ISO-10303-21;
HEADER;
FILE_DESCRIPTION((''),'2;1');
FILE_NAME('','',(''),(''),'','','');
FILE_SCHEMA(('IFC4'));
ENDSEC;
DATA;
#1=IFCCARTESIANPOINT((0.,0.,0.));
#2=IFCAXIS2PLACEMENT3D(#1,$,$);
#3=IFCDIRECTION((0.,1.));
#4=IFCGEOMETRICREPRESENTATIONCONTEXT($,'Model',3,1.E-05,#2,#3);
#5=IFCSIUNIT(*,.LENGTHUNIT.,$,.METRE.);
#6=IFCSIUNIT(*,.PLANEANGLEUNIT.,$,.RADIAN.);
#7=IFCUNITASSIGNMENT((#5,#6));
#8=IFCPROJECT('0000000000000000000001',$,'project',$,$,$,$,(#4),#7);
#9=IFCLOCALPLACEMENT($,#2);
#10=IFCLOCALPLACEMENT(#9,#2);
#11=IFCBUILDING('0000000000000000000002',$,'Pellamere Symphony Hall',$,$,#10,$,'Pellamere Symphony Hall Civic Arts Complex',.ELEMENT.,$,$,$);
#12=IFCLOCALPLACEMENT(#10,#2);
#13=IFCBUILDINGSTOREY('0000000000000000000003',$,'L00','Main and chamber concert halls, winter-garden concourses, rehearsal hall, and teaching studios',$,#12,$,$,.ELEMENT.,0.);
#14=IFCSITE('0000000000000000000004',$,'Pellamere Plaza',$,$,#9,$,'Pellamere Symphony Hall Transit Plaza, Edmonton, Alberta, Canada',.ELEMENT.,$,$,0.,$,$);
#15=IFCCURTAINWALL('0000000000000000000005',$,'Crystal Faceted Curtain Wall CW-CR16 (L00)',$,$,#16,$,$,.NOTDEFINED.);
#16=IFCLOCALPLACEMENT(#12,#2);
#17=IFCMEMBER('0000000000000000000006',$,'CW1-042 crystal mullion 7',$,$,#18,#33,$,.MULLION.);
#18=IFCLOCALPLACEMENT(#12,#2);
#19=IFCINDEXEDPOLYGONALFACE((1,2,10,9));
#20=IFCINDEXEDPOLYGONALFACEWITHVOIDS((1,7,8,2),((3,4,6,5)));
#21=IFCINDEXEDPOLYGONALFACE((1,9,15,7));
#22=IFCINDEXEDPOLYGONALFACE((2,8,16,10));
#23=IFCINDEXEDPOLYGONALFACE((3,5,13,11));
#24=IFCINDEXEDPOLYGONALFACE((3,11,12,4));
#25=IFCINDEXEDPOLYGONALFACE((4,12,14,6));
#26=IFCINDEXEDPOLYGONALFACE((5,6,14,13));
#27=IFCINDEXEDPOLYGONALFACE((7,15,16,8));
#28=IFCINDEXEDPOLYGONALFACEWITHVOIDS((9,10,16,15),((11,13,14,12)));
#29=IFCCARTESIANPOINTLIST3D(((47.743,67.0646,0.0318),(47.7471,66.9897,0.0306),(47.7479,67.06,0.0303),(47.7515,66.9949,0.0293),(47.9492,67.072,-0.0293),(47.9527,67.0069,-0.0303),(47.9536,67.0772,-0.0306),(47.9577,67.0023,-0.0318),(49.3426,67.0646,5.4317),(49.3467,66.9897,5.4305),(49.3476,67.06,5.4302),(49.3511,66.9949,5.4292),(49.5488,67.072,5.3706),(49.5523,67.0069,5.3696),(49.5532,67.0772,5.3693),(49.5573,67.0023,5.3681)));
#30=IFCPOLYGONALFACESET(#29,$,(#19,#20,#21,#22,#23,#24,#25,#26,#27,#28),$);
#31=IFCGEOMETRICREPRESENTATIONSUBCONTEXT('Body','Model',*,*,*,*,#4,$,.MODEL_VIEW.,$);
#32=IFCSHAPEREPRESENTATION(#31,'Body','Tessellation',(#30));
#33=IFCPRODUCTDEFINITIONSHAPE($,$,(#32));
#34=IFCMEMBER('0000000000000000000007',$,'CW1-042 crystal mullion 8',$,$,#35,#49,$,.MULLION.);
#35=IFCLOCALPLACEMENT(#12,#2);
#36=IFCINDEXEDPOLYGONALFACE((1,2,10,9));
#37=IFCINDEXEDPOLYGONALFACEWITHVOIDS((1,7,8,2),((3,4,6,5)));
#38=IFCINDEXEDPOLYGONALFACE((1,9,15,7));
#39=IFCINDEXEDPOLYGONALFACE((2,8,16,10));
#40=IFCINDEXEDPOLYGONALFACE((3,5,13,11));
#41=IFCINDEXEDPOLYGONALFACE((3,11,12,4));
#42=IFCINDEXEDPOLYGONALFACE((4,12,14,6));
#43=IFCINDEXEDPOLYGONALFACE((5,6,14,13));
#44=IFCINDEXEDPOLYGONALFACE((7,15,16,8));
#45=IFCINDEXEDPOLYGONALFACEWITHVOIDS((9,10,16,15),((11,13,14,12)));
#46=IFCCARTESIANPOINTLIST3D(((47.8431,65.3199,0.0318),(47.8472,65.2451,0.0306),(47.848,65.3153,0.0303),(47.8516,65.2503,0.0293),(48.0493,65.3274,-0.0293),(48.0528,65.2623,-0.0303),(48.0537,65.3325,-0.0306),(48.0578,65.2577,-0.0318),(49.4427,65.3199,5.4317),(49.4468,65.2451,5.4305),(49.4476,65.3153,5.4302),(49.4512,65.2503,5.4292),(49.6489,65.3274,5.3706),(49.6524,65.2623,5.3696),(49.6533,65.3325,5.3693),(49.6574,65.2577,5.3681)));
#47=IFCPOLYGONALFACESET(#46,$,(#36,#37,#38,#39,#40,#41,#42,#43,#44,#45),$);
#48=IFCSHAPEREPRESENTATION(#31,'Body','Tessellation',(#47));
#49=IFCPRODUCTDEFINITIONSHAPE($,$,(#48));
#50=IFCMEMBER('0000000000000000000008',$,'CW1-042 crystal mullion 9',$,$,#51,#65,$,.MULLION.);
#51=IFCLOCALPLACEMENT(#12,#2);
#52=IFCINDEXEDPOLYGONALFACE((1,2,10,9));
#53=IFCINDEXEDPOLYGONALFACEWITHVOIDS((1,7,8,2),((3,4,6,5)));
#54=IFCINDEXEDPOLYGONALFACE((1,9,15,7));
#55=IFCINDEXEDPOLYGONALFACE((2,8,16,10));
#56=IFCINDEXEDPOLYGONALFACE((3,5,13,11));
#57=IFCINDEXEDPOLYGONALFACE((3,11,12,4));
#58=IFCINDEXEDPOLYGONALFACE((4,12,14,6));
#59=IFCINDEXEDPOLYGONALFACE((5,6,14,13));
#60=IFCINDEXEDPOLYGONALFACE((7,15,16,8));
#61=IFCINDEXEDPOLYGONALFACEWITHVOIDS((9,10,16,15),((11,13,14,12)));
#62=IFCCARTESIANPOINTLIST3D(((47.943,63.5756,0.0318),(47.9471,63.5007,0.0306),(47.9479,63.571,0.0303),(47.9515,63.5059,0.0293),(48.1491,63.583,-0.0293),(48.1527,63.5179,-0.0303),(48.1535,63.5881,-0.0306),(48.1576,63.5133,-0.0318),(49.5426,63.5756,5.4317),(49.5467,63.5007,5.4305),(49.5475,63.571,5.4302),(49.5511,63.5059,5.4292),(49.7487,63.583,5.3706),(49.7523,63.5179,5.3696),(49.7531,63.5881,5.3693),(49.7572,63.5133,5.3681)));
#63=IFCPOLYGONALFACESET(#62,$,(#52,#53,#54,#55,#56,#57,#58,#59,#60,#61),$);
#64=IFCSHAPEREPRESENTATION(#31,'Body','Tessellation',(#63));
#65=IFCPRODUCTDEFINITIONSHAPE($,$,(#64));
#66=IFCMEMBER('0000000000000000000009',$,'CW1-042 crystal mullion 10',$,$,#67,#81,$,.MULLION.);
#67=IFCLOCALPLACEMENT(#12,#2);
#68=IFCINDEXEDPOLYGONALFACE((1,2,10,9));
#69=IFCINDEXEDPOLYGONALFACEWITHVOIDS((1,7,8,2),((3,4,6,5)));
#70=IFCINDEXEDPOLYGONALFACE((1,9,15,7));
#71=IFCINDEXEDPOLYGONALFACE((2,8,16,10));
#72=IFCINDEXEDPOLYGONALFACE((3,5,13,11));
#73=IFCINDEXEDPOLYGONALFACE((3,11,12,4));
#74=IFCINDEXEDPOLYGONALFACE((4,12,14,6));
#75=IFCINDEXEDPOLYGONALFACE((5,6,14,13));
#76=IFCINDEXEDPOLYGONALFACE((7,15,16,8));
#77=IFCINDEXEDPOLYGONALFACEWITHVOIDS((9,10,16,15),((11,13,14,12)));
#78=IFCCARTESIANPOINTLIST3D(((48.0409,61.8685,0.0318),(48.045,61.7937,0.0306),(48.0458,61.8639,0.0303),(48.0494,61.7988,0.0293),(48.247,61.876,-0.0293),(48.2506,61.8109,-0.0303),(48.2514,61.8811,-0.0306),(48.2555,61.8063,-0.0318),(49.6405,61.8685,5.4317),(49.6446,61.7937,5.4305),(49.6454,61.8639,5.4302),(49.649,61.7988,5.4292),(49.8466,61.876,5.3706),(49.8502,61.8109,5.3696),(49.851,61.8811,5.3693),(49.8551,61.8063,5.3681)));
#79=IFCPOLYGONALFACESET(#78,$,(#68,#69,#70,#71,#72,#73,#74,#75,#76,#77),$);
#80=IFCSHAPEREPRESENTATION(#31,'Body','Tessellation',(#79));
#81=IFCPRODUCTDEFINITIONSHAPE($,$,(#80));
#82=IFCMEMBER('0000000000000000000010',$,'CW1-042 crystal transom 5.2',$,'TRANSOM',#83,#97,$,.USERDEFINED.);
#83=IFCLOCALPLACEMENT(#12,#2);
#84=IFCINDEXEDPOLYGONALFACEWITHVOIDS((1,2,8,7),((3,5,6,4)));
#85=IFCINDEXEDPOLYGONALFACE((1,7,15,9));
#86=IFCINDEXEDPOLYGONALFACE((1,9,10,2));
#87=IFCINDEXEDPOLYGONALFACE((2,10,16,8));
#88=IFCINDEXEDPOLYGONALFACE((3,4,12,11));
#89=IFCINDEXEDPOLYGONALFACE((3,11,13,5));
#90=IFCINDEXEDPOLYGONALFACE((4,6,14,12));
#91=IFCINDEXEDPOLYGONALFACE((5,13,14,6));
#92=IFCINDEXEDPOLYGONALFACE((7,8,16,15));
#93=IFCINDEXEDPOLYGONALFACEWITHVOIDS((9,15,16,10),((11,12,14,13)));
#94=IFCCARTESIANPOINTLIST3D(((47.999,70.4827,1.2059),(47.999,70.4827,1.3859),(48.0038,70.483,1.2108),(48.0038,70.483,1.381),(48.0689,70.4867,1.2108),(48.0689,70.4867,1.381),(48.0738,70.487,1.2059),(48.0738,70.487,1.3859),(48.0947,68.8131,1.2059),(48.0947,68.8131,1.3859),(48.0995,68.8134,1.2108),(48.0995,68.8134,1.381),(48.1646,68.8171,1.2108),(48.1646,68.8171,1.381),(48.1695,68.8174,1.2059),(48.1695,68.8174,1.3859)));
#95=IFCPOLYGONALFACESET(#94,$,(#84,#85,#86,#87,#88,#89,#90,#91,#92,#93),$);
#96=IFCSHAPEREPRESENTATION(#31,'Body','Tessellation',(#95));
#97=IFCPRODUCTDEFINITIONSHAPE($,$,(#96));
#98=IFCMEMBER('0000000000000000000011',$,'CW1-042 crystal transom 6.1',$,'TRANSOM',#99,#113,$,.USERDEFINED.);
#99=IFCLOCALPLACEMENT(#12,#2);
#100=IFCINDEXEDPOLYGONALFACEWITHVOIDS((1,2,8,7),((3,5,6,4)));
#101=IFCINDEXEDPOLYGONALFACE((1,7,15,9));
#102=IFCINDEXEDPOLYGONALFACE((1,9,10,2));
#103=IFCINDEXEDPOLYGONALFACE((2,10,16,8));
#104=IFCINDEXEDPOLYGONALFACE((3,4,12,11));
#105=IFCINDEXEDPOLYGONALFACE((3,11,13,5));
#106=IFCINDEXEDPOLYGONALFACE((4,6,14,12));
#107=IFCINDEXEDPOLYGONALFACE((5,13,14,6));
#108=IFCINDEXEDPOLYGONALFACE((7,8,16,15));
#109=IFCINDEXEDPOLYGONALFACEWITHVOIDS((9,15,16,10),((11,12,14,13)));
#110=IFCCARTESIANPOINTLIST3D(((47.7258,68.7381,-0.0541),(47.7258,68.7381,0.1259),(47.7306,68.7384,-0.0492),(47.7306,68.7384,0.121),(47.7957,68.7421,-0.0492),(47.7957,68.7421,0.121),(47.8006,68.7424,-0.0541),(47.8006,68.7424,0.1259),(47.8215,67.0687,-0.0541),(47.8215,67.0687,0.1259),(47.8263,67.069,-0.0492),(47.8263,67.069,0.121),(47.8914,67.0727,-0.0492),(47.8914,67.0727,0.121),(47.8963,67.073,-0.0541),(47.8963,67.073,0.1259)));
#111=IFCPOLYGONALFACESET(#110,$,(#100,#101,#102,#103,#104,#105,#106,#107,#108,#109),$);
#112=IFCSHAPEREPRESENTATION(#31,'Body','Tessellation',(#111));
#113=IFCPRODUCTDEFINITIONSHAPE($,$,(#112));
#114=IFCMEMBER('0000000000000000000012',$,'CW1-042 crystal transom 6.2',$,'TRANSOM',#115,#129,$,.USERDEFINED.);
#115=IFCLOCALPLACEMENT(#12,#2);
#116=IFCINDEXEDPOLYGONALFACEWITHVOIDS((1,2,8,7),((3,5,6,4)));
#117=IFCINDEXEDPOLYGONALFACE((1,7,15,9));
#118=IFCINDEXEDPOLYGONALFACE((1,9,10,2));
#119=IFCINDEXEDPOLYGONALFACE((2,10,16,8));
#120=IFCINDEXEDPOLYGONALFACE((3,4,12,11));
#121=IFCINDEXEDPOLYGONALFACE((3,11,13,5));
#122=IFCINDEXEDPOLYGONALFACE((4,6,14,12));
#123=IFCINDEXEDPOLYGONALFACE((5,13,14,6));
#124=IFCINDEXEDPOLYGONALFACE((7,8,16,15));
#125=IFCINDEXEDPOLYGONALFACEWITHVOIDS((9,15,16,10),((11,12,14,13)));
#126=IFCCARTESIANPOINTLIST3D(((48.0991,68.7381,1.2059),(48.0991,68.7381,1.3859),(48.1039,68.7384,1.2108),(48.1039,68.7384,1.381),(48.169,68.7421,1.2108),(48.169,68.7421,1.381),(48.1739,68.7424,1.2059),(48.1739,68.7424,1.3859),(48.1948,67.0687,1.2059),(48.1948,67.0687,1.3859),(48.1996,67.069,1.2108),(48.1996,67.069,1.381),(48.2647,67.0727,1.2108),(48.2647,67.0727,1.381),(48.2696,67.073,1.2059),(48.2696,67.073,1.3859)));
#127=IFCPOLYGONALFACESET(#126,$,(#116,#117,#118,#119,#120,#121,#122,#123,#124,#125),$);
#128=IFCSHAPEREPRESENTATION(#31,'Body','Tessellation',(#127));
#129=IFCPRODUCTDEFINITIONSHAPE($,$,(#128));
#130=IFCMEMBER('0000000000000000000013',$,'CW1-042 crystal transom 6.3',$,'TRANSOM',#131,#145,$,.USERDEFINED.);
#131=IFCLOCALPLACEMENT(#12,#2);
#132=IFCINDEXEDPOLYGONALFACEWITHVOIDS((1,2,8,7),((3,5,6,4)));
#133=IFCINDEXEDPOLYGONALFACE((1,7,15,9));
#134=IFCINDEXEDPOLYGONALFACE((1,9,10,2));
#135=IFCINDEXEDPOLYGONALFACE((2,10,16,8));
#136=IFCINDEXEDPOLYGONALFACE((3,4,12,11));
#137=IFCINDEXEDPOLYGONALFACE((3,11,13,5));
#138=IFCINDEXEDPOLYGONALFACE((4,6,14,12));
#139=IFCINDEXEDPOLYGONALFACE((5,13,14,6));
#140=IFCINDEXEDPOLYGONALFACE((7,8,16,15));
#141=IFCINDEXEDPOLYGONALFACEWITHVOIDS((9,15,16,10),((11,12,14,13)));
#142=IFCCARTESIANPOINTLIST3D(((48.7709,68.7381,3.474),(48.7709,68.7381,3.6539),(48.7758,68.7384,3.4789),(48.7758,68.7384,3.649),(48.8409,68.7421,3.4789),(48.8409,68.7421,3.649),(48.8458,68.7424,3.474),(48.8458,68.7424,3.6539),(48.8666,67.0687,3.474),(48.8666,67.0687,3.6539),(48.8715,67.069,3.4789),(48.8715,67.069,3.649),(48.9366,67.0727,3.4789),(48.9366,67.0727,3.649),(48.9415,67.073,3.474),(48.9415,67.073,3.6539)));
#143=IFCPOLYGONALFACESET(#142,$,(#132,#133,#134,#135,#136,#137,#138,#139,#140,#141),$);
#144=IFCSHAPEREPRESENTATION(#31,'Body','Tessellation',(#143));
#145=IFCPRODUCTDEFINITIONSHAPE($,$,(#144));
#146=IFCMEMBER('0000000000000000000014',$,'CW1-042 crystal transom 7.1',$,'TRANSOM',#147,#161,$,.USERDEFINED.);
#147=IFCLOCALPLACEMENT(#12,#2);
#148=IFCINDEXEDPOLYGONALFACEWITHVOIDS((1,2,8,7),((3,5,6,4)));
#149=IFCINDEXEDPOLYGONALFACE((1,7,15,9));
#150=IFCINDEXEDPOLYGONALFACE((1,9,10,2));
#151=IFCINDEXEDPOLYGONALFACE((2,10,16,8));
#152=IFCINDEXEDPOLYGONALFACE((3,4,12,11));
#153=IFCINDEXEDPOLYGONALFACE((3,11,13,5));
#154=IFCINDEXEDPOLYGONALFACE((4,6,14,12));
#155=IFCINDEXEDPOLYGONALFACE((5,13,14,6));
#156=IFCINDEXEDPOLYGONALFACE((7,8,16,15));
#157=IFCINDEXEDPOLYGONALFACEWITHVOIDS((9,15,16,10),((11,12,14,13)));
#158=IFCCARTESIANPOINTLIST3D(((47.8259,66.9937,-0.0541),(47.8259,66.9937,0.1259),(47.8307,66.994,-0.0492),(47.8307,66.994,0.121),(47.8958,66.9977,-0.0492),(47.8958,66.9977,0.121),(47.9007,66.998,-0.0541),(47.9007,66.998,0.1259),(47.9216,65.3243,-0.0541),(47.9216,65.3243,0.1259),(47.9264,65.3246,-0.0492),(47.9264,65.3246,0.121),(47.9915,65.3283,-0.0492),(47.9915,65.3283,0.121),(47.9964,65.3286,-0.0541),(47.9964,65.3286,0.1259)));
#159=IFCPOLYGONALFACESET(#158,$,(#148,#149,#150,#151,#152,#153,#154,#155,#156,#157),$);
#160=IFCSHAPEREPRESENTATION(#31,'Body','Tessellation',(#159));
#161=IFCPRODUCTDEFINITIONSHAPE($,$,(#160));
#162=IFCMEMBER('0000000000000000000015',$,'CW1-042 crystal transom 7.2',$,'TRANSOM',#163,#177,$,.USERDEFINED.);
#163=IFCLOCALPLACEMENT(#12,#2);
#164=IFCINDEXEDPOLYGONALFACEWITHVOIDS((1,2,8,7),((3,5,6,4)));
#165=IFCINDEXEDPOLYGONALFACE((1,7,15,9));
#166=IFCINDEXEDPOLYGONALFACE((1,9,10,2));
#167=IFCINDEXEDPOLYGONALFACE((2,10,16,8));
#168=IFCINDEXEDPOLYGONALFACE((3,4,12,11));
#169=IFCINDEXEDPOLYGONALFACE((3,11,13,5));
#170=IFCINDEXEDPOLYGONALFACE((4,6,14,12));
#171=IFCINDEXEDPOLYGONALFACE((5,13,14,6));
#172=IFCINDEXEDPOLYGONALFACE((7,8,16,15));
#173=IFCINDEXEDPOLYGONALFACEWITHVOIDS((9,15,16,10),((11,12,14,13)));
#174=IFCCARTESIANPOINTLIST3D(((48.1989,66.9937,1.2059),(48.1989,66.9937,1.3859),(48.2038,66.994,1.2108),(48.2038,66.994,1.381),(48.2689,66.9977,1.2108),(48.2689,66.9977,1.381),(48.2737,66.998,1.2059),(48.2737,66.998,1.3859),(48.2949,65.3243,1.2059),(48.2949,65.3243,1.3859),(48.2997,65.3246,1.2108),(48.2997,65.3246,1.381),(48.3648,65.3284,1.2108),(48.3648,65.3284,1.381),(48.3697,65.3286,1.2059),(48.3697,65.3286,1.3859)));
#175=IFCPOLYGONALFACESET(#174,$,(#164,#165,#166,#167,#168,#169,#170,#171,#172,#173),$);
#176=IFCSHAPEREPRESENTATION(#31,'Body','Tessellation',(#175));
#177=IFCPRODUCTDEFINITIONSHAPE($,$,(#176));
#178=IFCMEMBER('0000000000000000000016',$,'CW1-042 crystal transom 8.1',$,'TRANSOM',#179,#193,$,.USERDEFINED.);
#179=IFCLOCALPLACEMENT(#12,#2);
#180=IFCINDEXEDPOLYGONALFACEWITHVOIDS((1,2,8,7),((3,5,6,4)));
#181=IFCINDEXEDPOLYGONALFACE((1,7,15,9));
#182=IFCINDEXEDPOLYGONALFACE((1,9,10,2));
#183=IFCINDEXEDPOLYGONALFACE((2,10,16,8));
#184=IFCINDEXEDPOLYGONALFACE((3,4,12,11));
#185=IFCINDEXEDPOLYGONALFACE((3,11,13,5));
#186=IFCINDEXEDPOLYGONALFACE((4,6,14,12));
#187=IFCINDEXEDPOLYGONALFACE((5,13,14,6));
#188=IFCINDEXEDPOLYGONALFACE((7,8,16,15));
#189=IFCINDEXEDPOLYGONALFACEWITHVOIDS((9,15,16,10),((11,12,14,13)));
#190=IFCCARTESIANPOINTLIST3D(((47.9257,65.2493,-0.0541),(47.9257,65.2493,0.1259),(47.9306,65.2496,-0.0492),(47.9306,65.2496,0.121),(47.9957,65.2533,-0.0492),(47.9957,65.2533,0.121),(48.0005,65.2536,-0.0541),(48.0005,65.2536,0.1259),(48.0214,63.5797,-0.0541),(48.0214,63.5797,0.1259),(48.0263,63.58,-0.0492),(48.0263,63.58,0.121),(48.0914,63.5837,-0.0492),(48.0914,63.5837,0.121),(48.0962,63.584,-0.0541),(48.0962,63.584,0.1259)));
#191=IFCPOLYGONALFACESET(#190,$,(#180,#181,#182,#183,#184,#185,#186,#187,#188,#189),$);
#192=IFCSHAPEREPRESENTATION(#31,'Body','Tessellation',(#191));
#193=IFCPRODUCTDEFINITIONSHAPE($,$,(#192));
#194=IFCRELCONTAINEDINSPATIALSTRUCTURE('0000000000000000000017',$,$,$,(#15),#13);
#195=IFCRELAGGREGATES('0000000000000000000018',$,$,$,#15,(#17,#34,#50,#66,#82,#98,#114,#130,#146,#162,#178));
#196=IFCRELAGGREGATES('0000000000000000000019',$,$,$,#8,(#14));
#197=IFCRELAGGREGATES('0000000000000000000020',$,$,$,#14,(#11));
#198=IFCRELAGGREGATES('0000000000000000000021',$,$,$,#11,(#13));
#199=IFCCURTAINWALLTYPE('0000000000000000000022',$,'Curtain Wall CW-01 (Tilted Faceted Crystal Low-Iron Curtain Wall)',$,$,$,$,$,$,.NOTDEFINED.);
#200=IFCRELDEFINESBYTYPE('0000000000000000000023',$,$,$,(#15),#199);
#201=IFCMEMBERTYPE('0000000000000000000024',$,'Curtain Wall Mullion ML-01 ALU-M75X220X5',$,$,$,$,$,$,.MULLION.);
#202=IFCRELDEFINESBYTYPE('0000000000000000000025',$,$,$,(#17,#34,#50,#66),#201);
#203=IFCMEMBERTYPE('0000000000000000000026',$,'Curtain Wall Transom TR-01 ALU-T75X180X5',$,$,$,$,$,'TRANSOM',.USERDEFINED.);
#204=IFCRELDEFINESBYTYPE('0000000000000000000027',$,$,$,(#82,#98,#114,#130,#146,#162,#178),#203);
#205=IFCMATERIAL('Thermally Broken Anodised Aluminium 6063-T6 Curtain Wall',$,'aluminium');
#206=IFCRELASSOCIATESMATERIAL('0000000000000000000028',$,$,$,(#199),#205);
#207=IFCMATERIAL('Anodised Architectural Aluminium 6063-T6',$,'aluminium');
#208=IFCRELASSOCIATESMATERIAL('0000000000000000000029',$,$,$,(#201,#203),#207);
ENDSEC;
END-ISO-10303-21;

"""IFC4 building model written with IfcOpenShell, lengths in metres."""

from ifc_helpers import new_model, si_unit, direction, frame, origin, origin_2d, place, context, subcontext, project, spatial, hollow_rectangle, extrude, material, material_profile, profile_set, type_object, element, aggregate, save


model = new_model("IFC4")

# Units and contexts
model_context = context("Model", 3, precision=1e-05, world=origin(), true_north=direction((0.0, 1.0)))
body_context = subcontext(model_context, "Body", "Model", "MODEL_VIEW")
ifc_project = project(units=[si_unit("LENGTHUNIT", "METRE"), si_unit("PLANEANGLEUNIT", "RADIAN")], contexts=[model_context])

# Site, building, storey
site_placement = place(None, origin())
site = spatial("IfcSite", under=ifc_project, at=site_placement, Name="Pellamere Plaza", LongName="Pellamere Symphony Hall Transit Plaza, Edmonton, Alberta, Canada", CompositionType="ELEMENT", RefElevation=0.0)
building_placement = place(site_placement, origin())
building = spatial("IfcBuilding", under=site, at=building_placement, Name="Pellamere Symphony Hall", LongName="Pellamere Symphony Hall Civic Arts Complex", CompositionType="ELEMENT")
storey_placement = place(building_placement, origin())
storey = spatial("IfcBuildingStorey", under=building, at=storey_placement, Name="L00", Description="Main and chamber concert halls, winter-garden concourses, rehearsal hall, and teaching studios", CompositionType="ELEMENT", Elevation=0.0)

# Curtain wall, members
ifc_material_1 = material(Name="Thermally Broken Anodised Aluminium 6063-T6 Curtain Wall", Category="aluminium")
curtain_wall_type = type_object("IfcCurtainWallType", Name="Curtain Wall CW-01 (Tilted Faceted Crystal Low-Iron Curtain Wall)", PredefinedType="NOTDEFINED", material=ifc_material_1)
curtain_wall_1_placement = place(storey_placement, origin())
curtain_wall_1 = element("IfcCurtainWall", 1, at=curtain_wall_1_placement, inside=storey, type_object=curtain_wall_type, Name="Crystal Faceted Curtain Wall CW-CR16 (L00)", PredefinedType="NOTDEFINED")
ifc_material_2 = material(Name="Anodised Architectural Aluminium 6063-T6", Category="aluminium")
ifc_material_profile_1 = material_profile(ifc_material_2, hollow_rectangle(XDim=0.075, YDim=0.22, WallThickness=0.0049, at=origin_2d()), Name="ALU-M75X220X5")
ifc_profile_set_1 = profile_set([ifc_material_profile_1], Name="Anodised Architectural Aluminium 6063-T6")
member_type_1 = type_object("IfcMemberType", Name="Curtain Wall Mullion ML-01 ALU-M75X220X5", PredefinedType="MULLION", material=ifc_profile_set_1)
member_1_placement = place(storey_placement, frame((47.8503, 67.0334, 0.0), z_axis=(0.284029, 0.0, 0.958816), x_axis=(-0.054874, 0.998361, 0.016255)))
member_1 = element("IfcMember", 2, at=member_1_placement, type_object=member_type_1, Name="CW1-042 crystal mullion 7", PredefinedType="MULLION", context=body_context, shape_type="SweptSolid", body=[
    extrude(hollow_rectangle(XDim=0.075, YDim=0.22, WallThickness=0.0049, at=origin_2d()), origin(), (0.0, 0.0, 1.0), 5.6318),
])
member_2_placement = place(storey_placement, frame((47.9504, 65.2888, 0.0), z_axis=(0.284029, 0.0, 0.958816), x_axis=(-0.054874, 0.998361, 0.016255)))
member_2 = element("IfcMember", 3, at=member_2_placement, type_object=member_type_1, Name="CW1-042 crystal mullion 8", PredefinedType="MULLION", context=body_context, shape_type="SweptSolid", body=[
    extrude(hollow_rectangle(XDim=0.075, YDim=0.22, WallThickness=0.0049, at=origin_2d()), origin(), (0.0, 0.0, 1.0), 5.6318),
])
member_3_placement = place(storey_placement, frame((48.0503, 63.5444, 0.0), z_axis=(0.284029, 0.0, 0.958816), x_axis=(-0.054874, 0.998361, 0.016255)))
member_3 = element("IfcMember", 4, at=member_3_placement, type_object=member_type_1, Name="CW1-042 crystal mullion 9", PredefinedType="MULLION", context=body_context, shape_type="SweptSolid", body=[
    extrude(hollow_rectangle(XDim=0.075, YDim=0.22, WallThickness=0.0049, at=origin_2d()), origin(), (0.0, 0.0, 1.0), 5.6318),
])
member_4_placement = place(storey_placement, frame((48.1482, 61.8374, 0.0), z_axis=(0.284029, 0.0, 0.958816), x_axis=(-0.054874, 0.998361, 0.016255)))
member_4 = element("IfcMember", 5, at=member_4_placement, type_object=member_type_1, Name="CW1-042 crystal mullion 10", PredefinedType="MULLION", context=body_context, shape_type="SweptSolid", body=[
    extrude(hollow_rectangle(XDim=0.075, YDim=0.22, WallThickness=0.0049, at=origin_2d()), origin(), (0.0, 0.0, 1.0), 5.6318),
])
ifc_material_profile_2 = material_profile(ifc_material_2, hollow_rectangle(XDim=0.075, YDim=0.1799, WallThickness=0.0049, at=origin_2d()), Name="ALU-T75X180X5")
ifc_profile_set_2 = profile_set([ifc_material_profile_2], Name="Anodised Architectural Aluminium 6063-T6")
member_type_2 = type_object("IfcMemberType", Name="Curtain Wall Transom TR-01 ALU-T75X180X5", ElementType="TRANSOM", PredefinedType="USERDEFINED", material=ifc_profile_set_2)
member_5_placement = place(storey_placement, frame((48.0364, 70.4849, 1.2959), z_axis=(0.057224, -0.998361, 0.0), x_axis=(0.998361, 0.057224, 0.0)))
member_5 = element("IfcMember", 6, at=member_5_placement, type_object=member_type_2, Name="CW1-042 crystal transom 5.2", ObjectType="TRANSOM", PredefinedType="USERDEFINED", context=body_context, shape_type="SweptSolid", body=[
    extrude(hollow_rectangle(XDim=0.075, YDim=0.1799, WallThickness=0.0049, at=origin_2d()), origin(), (0.0, 0.0, 1.0), 1.6724),
])
member_6_placement = place(storey_placement, frame((47.7632, 68.7402, 0.0359), z_axis=(0.057233, -0.998361, 0.0), x_axis=(0.998361, 0.057233, 0.0)))
member_6 = element("IfcMember", 7, at=member_6_placement, type_object=member_type_2, Name="CW1-042 crystal transom 6.1", ObjectType="TRANSOM", PredefinedType="USERDEFINED", context=body_context, shape_type="SweptSolid", body=[
    extrude(hollow_rectangle(XDim=0.075, YDim=0.1799, WallThickness=0.0049, at=origin_2d()), origin(), (0.0, 0.0, 1.0), 1.6721),
])
member_7_placement = place(storey_placement, frame((48.1365, 68.7402, 1.2959), z_axis=(0.057233, -0.998361, 0.0), x_axis=(0.998361, 0.057233, 0.0)))
member_7 = element("IfcMember", 8, at=member_7_placement, type_object=member_type_2, Name="CW1-042 crystal transom 6.2", ObjectType="TRANSOM", PredefinedType="USERDEFINED", context=body_context, shape_type="SweptSolid", body=[
    extrude(hollow_rectangle(XDim=0.075, YDim=0.1799, WallThickness=0.0049, at=origin_2d()), origin(), (0.0, 0.0, 1.0), 1.6721),
])
member_8_placement = place(storey_placement, frame((48.8083, 68.7402, 3.564), z_axis=(0.057233, -0.998361, 0.0), x_axis=(0.998361, 0.057233, 0.0)))
member_8 = element("IfcMember", 9, at=member_8_placement, type_object=member_type_2, Name="CW1-042 crystal transom 6.3", ObjectType="TRANSOM", PredefinedType="USERDEFINED", context=body_context, shape_type="SweptSolid", body=[
    extrude(hollow_rectangle(XDim=0.075, YDim=0.1799, WallThickness=0.0049, at=origin_2d()), origin(), (0.0, 0.0, 1.0), 1.6721),
])
member_9_placement = place(storey_placement, frame((47.8633, 66.9958, 0.0359), z_axis=(0.057233, -0.998361, 0.0), x_axis=(0.998361, 0.057233, 0.0)))
member_9 = element("IfcMember", 10, at=member_9_placement, type_object=member_type_2, Name="CW1-042 crystal transom 7.1", ObjectType="TRANSOM", PredefinedType="USERDEFINED", context=body_context, shape_type="SweptSolid", body=[
    extrude(hollow_rectangle(XDim=0.075, YDim=0.1799, WallThickness=0.0049, at=origin_2d()), origin(), (0.0, 0.0, 1.0), 1.6721),
])
member_10_placement = place(storey_placement, frame((48.2363, 66.9958, 1.2959), z_axis=(0.057378, -0.998353, 0.0), x_axis=(0.998353, 0.057378, 0.0)))
member_10 = element("IfcMember", 11, at=member_10_placement, type_object=member_type_2, Name="CW1-042 crystal transom 7.2", ObjectType="TRANSOM", PredefinedType="USERDEFINED", context=body_context, shape_type="SweptSolid", body=[
    extrude(hollow_rectangle(XDim=0.075, YDim=0.1799, WallThickness=0.0049, at=origin_2d()), origin(), (0.0, 0.0, 1.0), 1.6721),
])
member_11_placement = place(storey_placement, frame((47.9631, 65.2515, 0.0359), z_axis=(0.057224, -0.998361, 0.0), x_axis=(0.998361, 0.057224, 0.0)))
member_11 = element("IfcMember", 12, at=member_11_placement, type_object=member_type_2, Name="CW1-042 crystal transom 8.1", ObjectType="TRANSOM", PredefinedType="USERDEFINED", context=body_context, shape_type="SweptSolid", body=[
    extrude(hollow_rectangle(XDim=0.075, YDim=0.1799, WallThickness=0.0049, at=origin_2d()), origin(), (0.0, 0.0, 1.0), 1.6724),
])

aggregate(curtain_wall_1, [member_1, member_2, member_3, member_4, member_5, member_6, member_7, member_8, member_9, member_10, member_11])

save(model, "model.ifc")
